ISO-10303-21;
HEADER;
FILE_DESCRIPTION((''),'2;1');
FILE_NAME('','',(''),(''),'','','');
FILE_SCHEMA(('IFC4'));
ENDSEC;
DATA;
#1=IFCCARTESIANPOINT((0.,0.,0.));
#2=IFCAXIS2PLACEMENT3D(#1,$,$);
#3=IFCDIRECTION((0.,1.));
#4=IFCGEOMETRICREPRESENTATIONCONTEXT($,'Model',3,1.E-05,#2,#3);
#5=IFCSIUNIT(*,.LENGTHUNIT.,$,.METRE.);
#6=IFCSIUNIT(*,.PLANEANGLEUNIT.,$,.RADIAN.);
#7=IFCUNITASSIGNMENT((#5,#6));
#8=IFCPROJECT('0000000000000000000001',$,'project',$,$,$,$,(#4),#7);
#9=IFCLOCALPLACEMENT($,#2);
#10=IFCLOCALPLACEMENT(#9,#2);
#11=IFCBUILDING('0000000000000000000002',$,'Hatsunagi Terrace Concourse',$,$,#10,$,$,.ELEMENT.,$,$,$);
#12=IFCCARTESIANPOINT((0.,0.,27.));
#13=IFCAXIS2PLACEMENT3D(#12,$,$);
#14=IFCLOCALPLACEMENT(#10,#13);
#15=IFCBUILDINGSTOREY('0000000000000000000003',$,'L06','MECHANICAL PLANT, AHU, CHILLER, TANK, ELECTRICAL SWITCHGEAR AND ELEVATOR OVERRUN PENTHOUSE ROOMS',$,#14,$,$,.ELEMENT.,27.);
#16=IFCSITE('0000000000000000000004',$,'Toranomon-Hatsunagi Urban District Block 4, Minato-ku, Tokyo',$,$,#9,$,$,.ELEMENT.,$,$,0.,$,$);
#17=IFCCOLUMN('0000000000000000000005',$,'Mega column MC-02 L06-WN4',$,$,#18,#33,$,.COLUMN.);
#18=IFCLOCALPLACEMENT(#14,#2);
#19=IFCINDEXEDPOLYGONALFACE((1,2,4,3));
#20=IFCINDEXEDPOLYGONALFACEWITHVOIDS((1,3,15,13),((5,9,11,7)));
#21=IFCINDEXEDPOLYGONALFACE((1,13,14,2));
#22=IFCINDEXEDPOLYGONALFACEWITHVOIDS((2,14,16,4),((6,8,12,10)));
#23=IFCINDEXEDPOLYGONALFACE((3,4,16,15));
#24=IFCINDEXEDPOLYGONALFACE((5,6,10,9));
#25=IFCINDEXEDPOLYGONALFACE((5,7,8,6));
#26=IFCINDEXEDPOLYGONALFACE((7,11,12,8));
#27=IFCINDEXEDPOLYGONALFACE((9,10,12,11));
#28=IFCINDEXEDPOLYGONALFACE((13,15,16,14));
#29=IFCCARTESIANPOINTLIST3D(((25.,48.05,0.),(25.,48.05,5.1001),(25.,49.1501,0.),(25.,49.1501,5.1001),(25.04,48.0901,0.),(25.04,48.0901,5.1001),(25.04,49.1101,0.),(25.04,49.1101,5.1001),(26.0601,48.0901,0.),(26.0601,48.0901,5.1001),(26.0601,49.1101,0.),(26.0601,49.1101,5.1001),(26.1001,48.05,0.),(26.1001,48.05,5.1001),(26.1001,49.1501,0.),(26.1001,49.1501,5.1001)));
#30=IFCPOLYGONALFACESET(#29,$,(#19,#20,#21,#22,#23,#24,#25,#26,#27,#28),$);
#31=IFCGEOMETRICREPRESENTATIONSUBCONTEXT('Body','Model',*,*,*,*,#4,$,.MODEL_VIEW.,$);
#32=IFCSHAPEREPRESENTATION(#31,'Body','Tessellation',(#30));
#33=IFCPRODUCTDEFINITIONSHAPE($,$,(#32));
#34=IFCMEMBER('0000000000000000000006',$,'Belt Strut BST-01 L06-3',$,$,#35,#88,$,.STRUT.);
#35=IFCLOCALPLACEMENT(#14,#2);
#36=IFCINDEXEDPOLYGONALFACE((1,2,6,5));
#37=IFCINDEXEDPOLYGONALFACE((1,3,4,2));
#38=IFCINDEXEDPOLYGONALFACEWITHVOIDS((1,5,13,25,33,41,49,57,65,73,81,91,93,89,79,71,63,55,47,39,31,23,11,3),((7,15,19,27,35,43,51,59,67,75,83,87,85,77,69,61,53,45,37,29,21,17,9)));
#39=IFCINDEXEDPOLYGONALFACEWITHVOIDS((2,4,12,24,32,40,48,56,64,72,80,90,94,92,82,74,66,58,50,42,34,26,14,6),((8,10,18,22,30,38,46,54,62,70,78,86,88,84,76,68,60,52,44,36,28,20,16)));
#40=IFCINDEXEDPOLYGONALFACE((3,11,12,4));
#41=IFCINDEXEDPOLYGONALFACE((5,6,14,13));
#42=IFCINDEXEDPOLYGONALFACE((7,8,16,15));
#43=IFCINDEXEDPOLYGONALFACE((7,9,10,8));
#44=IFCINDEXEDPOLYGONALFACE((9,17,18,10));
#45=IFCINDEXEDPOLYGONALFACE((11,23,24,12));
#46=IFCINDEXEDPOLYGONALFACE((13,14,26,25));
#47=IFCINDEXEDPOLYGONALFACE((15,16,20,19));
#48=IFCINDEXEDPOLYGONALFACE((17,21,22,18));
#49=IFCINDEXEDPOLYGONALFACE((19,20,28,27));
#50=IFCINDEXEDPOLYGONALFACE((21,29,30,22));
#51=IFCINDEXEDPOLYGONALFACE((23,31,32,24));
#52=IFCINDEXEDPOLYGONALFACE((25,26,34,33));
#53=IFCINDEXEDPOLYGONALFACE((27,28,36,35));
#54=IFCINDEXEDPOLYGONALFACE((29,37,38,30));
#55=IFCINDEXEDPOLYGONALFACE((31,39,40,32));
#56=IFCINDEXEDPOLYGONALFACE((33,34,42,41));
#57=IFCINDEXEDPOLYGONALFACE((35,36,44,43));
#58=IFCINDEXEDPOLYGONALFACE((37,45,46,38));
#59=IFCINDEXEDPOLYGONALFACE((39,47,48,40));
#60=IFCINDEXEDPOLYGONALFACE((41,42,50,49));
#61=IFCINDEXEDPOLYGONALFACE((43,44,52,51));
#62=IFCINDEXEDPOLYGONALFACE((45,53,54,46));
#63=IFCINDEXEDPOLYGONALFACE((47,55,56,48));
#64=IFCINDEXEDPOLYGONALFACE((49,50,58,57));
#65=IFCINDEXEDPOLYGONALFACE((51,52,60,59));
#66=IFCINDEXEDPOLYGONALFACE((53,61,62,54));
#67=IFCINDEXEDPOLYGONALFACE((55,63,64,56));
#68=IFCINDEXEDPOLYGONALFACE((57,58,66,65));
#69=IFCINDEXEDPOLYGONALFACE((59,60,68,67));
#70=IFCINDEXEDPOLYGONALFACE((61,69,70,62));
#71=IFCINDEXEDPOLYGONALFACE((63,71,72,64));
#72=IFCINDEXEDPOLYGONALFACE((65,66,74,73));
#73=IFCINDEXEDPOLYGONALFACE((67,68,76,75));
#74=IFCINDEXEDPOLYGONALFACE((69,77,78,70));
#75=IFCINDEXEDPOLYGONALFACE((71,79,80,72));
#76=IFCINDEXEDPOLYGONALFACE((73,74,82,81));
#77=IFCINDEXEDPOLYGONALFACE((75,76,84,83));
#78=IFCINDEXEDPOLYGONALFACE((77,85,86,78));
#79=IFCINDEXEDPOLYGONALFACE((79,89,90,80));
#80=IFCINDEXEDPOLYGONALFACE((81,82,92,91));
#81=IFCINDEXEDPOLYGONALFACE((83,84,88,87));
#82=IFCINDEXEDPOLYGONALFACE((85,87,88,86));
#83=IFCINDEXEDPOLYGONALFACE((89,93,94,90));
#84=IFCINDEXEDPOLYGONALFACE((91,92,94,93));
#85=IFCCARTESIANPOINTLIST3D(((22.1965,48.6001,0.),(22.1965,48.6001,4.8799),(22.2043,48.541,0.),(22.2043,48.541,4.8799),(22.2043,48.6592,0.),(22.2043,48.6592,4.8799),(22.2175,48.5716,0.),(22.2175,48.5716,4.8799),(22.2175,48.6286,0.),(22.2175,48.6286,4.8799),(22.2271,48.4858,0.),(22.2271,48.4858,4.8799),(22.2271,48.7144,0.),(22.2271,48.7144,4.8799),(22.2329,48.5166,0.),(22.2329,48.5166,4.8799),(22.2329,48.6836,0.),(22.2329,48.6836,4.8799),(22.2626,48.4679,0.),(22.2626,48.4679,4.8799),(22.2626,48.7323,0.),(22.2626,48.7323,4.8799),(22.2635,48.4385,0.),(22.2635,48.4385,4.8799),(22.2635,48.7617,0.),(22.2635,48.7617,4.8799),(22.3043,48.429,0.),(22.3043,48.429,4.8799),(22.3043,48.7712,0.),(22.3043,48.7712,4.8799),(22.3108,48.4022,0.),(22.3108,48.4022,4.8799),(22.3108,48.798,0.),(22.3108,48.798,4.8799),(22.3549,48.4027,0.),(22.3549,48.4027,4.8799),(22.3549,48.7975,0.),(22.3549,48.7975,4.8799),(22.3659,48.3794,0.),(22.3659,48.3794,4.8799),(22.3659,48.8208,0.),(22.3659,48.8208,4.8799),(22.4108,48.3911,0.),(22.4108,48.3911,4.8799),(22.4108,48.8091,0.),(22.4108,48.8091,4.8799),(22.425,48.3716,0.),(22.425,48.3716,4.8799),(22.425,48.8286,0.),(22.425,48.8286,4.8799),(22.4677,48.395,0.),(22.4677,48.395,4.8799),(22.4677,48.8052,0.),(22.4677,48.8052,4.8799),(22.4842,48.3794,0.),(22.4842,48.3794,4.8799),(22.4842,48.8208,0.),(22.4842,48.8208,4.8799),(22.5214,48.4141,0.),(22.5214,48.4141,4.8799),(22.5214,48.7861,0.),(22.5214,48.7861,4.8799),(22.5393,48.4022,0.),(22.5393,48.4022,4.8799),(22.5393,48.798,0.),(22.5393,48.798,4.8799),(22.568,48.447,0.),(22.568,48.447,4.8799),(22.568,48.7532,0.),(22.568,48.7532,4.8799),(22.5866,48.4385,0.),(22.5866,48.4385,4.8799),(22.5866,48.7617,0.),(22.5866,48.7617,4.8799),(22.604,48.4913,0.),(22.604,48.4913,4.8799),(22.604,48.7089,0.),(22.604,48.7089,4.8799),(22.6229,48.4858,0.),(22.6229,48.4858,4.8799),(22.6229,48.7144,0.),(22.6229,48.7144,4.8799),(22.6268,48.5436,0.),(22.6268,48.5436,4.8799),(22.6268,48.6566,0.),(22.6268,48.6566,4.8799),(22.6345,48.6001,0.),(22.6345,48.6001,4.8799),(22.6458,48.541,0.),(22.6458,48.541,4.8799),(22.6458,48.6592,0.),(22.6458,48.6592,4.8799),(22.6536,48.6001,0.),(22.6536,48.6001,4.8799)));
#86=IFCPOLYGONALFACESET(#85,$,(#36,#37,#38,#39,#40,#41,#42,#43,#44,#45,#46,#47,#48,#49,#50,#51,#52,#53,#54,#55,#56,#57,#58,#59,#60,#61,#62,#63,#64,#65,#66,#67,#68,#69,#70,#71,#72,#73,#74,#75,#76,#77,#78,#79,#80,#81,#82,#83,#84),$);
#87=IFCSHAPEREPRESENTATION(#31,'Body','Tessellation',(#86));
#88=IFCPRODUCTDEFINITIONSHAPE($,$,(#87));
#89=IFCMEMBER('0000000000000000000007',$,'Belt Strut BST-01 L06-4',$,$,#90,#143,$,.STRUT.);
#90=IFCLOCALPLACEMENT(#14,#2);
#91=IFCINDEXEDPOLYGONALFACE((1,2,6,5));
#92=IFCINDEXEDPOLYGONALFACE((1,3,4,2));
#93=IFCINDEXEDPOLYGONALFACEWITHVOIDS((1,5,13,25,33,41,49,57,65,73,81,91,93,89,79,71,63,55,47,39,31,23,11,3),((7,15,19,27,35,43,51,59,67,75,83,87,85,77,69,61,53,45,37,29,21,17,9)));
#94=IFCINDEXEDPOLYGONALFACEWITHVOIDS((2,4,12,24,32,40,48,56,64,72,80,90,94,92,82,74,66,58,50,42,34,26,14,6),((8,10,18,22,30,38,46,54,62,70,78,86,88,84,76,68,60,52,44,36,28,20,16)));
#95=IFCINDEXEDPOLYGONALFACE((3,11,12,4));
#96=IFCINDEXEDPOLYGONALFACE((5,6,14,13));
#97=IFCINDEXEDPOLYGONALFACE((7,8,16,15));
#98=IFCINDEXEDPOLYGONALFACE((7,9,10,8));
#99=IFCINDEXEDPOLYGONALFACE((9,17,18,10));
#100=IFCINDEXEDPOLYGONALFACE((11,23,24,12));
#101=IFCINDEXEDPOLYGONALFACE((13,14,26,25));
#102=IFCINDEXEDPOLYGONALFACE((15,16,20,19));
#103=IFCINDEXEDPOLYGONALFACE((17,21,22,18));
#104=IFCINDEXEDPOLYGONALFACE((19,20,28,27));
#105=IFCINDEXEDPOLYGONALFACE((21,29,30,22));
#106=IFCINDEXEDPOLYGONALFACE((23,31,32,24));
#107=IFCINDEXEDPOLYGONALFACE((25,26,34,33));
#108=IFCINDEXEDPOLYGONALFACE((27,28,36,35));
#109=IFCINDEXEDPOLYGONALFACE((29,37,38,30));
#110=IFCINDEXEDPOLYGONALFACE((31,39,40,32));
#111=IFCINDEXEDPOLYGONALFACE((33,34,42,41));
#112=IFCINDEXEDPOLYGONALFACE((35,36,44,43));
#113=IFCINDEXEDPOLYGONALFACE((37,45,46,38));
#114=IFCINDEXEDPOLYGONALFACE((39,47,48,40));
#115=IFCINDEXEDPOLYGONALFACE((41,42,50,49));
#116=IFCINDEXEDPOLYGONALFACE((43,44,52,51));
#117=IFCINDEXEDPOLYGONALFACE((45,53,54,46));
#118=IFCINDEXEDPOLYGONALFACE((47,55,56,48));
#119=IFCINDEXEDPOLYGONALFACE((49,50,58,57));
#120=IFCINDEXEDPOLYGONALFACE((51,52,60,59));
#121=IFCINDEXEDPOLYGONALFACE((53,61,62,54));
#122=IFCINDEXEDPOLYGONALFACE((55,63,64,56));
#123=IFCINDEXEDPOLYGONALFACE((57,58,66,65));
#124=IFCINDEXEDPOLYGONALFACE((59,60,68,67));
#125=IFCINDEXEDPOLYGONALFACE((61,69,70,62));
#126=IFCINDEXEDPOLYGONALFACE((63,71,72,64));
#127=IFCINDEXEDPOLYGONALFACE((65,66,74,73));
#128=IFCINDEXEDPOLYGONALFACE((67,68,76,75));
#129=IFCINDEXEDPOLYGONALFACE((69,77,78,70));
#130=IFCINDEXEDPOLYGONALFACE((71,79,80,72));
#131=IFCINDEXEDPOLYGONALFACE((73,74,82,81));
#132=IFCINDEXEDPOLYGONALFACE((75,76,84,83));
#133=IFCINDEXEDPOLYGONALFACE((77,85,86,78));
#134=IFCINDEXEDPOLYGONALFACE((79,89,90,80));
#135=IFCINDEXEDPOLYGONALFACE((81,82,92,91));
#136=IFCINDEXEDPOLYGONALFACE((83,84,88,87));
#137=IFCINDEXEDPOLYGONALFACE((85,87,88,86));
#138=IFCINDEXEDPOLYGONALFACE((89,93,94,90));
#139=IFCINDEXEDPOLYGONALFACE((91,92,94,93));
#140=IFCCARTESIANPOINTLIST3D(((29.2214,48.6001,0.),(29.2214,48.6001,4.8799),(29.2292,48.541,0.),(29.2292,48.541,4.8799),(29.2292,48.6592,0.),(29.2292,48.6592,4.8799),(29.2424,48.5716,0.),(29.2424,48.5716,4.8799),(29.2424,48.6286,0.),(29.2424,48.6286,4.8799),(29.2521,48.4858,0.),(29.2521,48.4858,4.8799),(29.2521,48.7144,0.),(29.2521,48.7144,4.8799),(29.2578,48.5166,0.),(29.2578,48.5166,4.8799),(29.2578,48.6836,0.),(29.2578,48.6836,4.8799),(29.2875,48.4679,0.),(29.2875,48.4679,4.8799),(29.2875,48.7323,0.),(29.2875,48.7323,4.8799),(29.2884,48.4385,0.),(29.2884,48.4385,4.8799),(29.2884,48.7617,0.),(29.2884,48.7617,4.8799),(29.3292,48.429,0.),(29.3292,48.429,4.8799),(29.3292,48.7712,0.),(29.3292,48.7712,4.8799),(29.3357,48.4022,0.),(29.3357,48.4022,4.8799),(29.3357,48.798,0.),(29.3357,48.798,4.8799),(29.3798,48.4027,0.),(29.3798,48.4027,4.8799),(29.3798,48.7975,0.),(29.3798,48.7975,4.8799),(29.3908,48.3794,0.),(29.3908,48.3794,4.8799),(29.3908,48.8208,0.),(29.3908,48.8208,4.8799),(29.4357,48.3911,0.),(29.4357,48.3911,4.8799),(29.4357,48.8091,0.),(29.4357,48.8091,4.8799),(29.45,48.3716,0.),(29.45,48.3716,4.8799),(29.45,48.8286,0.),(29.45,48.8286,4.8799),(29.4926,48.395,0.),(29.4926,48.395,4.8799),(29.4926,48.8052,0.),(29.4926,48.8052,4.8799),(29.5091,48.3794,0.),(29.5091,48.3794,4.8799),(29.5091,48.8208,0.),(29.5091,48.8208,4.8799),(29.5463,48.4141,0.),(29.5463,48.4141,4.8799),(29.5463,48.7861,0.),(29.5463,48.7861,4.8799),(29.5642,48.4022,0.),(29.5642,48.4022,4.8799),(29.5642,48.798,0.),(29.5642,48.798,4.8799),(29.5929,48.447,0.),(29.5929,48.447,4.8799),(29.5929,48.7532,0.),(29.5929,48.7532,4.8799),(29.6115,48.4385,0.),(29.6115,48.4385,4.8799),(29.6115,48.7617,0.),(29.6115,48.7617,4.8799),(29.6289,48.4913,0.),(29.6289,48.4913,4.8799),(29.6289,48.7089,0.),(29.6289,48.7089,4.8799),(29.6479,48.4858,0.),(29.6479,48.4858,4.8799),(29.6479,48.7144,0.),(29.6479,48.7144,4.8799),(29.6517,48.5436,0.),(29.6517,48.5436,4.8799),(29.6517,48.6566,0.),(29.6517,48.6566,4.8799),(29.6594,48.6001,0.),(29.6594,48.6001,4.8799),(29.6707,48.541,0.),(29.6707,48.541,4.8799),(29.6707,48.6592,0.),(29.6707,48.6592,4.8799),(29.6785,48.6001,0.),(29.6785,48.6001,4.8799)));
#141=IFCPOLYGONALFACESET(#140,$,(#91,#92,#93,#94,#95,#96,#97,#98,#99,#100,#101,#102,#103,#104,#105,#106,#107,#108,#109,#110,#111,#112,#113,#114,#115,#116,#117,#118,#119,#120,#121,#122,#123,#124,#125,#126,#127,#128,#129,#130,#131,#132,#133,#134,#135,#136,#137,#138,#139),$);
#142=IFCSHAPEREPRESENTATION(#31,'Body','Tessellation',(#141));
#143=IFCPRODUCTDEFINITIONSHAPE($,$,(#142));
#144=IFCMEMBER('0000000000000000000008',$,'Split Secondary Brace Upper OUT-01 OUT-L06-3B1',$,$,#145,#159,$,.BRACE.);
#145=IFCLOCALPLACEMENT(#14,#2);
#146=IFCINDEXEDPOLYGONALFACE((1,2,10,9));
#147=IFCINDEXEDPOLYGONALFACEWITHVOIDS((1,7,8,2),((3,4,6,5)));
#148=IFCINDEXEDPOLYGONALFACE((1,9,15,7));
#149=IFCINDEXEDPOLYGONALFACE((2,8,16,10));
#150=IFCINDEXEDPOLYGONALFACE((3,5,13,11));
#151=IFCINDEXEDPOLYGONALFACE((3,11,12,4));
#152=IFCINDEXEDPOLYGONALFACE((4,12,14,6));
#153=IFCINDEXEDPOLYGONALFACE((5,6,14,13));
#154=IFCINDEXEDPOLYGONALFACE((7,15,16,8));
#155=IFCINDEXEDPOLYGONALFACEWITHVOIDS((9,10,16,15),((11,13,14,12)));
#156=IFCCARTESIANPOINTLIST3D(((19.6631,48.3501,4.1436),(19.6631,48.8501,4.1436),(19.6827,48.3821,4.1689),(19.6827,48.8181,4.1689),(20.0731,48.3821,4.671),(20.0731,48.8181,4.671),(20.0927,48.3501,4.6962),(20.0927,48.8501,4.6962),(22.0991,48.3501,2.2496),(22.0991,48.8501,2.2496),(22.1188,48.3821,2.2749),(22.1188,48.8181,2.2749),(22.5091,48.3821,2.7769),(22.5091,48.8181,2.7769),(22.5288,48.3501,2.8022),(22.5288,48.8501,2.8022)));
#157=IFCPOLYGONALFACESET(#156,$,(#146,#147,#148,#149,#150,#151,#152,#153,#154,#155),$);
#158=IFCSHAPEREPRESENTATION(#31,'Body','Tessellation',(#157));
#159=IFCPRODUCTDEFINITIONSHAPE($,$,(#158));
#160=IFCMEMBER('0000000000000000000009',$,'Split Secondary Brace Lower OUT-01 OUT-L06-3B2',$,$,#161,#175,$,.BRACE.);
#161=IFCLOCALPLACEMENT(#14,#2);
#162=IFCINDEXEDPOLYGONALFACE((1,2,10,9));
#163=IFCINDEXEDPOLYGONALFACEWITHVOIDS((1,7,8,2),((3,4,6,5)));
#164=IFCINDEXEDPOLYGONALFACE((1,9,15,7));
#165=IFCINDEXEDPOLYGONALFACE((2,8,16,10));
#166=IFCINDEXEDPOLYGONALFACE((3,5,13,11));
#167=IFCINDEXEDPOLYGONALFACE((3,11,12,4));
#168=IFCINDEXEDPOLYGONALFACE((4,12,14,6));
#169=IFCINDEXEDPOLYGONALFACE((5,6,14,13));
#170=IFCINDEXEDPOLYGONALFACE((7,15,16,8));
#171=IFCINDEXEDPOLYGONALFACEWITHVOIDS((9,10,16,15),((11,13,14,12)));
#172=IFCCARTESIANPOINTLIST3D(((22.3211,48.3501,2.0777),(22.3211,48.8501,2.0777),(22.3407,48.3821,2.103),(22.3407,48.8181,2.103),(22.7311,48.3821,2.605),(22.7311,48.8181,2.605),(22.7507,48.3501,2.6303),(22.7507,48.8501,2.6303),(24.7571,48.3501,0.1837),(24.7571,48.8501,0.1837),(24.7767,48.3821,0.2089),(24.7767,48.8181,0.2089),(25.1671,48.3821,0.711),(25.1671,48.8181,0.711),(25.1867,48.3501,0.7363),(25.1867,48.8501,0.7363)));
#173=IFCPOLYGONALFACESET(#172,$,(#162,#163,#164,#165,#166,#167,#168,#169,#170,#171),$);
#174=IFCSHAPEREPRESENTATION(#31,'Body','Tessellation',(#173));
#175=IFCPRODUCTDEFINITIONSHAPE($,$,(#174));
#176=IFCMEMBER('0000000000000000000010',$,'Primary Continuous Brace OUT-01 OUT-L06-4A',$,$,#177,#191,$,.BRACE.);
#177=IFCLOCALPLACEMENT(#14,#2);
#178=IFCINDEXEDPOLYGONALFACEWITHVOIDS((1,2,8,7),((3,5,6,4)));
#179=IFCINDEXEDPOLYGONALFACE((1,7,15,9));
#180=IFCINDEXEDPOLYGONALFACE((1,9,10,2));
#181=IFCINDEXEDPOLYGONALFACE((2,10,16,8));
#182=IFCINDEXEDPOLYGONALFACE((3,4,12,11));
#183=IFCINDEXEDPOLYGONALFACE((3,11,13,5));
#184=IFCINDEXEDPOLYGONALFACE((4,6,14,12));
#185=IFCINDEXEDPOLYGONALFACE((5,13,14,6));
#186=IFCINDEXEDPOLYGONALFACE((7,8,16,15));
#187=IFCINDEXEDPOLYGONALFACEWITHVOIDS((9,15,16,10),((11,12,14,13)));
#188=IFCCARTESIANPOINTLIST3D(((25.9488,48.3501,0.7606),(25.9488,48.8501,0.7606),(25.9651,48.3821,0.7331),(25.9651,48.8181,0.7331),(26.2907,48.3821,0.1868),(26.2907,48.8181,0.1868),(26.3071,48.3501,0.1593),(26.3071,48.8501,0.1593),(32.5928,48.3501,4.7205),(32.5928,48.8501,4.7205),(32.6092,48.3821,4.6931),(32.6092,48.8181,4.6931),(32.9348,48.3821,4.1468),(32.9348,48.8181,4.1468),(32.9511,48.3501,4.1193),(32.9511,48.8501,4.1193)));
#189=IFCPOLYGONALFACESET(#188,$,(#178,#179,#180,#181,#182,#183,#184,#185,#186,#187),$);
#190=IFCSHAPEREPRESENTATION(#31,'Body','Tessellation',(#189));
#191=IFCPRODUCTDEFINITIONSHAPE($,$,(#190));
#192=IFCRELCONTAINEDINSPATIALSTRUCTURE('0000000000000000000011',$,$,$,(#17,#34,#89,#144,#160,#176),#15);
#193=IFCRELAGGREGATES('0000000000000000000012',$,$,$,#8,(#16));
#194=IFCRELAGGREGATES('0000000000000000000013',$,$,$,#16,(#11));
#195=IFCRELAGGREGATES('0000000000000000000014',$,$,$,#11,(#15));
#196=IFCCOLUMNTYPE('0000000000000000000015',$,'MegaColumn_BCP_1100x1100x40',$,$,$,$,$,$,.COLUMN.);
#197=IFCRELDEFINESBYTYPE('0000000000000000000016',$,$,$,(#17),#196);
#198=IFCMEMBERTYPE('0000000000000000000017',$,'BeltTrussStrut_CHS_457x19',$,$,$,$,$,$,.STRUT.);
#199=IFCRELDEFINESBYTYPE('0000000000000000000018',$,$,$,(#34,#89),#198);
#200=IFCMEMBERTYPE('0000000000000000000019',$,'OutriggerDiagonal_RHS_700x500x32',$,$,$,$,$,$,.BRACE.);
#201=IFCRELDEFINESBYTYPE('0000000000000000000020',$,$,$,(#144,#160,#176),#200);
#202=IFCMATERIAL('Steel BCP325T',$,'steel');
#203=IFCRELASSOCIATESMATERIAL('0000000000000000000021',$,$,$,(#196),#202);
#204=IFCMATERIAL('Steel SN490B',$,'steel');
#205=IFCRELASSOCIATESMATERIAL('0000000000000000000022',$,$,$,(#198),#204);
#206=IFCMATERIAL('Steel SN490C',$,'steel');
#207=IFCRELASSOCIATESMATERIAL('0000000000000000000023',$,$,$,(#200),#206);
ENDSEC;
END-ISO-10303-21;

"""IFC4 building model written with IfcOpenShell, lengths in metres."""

from ifc_helpers import new_model, si_unit, direction, frame, origin, origin_2d, place, context, subcontext, project, spatial, hollow_rectangle, hollow_circle, extrude, material, material_profile, profile_set, type_object, element, save


model = new_model("IFC4")

# Units and contexts
model_context = context("Model", 3, precision=1e-05, world=origin(), true_north=direction((0.0, 1.0)))
body_context = subcontext(model_context, "Body", "Model", "MODEL_VIEW")
ifc_project = project(units=[si_unit("LENGTHUNIT", "METRE"), si_unit("PLANEANGLEUNIT", "RADIAN")], contexts=[model_context])

# Site, building, storey
site_placement = place(None, origin())
site = spatial("IfcSite", under=ifc_project, at=site_placement, Name="Toranomon-Hatsunagi Urban District Block 4, Minato-ku, Tokyo", CompositionType="ELEMENT", RefElevation=0.0)
building_placement = place(site_placement, origin())
building = spatial("IfcBuilding", under=site, at=building_placement, Name="Hatsunagi Terrace Concourse", CompositionType="ELEMENT")
storey_placement = place(building_placement, frame((0.0, 0.0, 27.0)))
storey = spatial("IfcBuildingStorey", under=building, at=storey_placement, Name="L06", Description="MECHANICAL PLANT, AHU, CHILLER, TANK, ELECTRICAL SWITCHGEAR AND ELEVATOR OVERRUN PENTHOUSE ROOMS", CompositionType="ELEMENT", Elevation=27.0)

# Column
ifc_material_1 = material(Name="Steel BCP325T", Category="steel")
ifc_material_profile_1 = material_profile(ifc_material_1, hollow_rectangle(XDim=1.1001, YDim=1.1001, WallThickness=0.04, at=origin_2d()), Name="BCP-1100x1100x40")
ifc_profile_set_1 = profile_set([ifc_material_profile_1], Name="Steel BCP325T")
column_type = type_object("IfcColumnType", Name="MegaColumn_BCP_1100x1100x40", PredefinedType="COLUMN", material=ifc_profile_set_1)
column_placement = place(storey_placement, frame((25.55, 48.6001, 0.0), z_axis=(0.0, 0.0, 1.0), x_axis=(1.0, 0.0, 0.0)))
element("IfcColumn", 1, at=column_placement, inside=storey, type_object=column_type, Name="Mega column MC-02 L06-WN4", PredefinedType="COLUMN", context=body_context, shape_type="SweptSolid", body=[
    extrude(hollow_rectangle(XDim=1.1001, YDim=1.1001, WallThickness=0.04, at=origin_2d()), origin(), (0.0, 0.0, 1.0), 5.1001),
])

# Members
ifc_material_2 = material(Name="Steel SN490B", Category="steel")
ifc_material_profile_2 = material_profile(ifc_material_2, hollow_circle(Radius=0.2285, WallThickness=0.019, at=origin_2d()), Name="CHS-457.2x19")
ifc_profile_set_2 = profile_set([ifc_material_profile_2], Name="Steel SN490B")
member_type_1 = type_object("IfcMemberType", Name="BeltTrussStrut_CHS_457x19", PredefinedType="STRUT", material=ifc_profile_set_2)
for number, where, z_axis, x_axis, name in (
    (2, (22.425, 48.6001, 0.0), (0.0, 0.0, 1.0), (1.0, 0.0, 0.0), "Belt Strut BST-01 L06-3"),
    (3, (29.45, 48.6001, 0.0), (0.0, 0.0, 1.0), (1.0, 0.0, 0.0), "Belt Strut BST-01 L06-4"),
):
    element("IfcMember", number, at=place(storey_placement, frame(where, z_axis=z_axis, x_axis=x_axis)), inside=storey, type_object=member_type_1, Name=name, PredefinedType="STRUT", context=body_context, shape_type="SweptSolid", body=[
        extrude(hollow_circle(Radius=0.2285, WallThickness=0.019, at=origin_2d()), origin(), (0.0, 0.0, 1.0), 4.8799),
    ])
ifc_material_3 = material(Name="Steel SN490C", Category="steel")
ifc_material_profile_3 = material_profile(ifc_material_3, hollow_rectangle(XDim=0.5, YDim=0.7, WallThickness=0.032, at=origin_2d()), Name="RHS-700x500x32")
ifc_profile_set_3 = profile_set([ifc_material_profile_3], Name="Steel SN490C")
member_type_2 = type_object("IfcMemberType", Name="OutriggerDiagonal_RHS_700x500x32", PredefinedType="BRACE", material=ifc_profile_set_3)
for number, where, z_axis, x_axis, name in (
    (4, (19.8779, 48.6001, 4.4199), (0.789454, 0.0, -0.613809), (0.0, 1.0, 0.0), "Split Secondary Brace Upper OUT-01 OUT-L06-3B1"),
    (5, (22.5359, 48.6001, 2.354), (0.789454, 0.0, -0.613809), (0.0, 1.0, 0.0), "Split Secondary Brace Lower OUT-01 OUT-L06-3B2"),
):
    element("IfcMember", number, at=place(storey_placement, frame(where, z_axis=z_axis, x_axis=x_axis)), inside=storey, type_object=member_type_2, Name=name, PredefinedType="BRACE", context=body_context, shape_type="SweptSolid", body=[
        extrude(hollow_rectangle(XDim=0.5, YDim=0.7, WallThickness=0.032, at=origin_2d()), origin(), (0.0, 0.0, 1.0), 3.0857),
    ])
member_1_placement = place(storey_placement, frame((26.1279, 48.6001, 0.46), z_axis=(0.858999, 0.0, 0.511978), x_axis=(0.0, 1.0, 0.0)))
element("IfcMember", 6, at=member_1_placement, inside=storey, type_object=member_type_2, Name="Primary Continuous Brace OUT-01 OUT-L06-4A", PredefinedType="BRACE", context=body_context, shape_type="SweptSolid", body=[
    extrude(hollow_rectangle(XDim=0.5, YDim=0.7, WallThickness=0.032, at=origin_2d()), origin(), (0.0, 0.0, 1.0), 7.7346),
])

save(model, "model.ifc")
